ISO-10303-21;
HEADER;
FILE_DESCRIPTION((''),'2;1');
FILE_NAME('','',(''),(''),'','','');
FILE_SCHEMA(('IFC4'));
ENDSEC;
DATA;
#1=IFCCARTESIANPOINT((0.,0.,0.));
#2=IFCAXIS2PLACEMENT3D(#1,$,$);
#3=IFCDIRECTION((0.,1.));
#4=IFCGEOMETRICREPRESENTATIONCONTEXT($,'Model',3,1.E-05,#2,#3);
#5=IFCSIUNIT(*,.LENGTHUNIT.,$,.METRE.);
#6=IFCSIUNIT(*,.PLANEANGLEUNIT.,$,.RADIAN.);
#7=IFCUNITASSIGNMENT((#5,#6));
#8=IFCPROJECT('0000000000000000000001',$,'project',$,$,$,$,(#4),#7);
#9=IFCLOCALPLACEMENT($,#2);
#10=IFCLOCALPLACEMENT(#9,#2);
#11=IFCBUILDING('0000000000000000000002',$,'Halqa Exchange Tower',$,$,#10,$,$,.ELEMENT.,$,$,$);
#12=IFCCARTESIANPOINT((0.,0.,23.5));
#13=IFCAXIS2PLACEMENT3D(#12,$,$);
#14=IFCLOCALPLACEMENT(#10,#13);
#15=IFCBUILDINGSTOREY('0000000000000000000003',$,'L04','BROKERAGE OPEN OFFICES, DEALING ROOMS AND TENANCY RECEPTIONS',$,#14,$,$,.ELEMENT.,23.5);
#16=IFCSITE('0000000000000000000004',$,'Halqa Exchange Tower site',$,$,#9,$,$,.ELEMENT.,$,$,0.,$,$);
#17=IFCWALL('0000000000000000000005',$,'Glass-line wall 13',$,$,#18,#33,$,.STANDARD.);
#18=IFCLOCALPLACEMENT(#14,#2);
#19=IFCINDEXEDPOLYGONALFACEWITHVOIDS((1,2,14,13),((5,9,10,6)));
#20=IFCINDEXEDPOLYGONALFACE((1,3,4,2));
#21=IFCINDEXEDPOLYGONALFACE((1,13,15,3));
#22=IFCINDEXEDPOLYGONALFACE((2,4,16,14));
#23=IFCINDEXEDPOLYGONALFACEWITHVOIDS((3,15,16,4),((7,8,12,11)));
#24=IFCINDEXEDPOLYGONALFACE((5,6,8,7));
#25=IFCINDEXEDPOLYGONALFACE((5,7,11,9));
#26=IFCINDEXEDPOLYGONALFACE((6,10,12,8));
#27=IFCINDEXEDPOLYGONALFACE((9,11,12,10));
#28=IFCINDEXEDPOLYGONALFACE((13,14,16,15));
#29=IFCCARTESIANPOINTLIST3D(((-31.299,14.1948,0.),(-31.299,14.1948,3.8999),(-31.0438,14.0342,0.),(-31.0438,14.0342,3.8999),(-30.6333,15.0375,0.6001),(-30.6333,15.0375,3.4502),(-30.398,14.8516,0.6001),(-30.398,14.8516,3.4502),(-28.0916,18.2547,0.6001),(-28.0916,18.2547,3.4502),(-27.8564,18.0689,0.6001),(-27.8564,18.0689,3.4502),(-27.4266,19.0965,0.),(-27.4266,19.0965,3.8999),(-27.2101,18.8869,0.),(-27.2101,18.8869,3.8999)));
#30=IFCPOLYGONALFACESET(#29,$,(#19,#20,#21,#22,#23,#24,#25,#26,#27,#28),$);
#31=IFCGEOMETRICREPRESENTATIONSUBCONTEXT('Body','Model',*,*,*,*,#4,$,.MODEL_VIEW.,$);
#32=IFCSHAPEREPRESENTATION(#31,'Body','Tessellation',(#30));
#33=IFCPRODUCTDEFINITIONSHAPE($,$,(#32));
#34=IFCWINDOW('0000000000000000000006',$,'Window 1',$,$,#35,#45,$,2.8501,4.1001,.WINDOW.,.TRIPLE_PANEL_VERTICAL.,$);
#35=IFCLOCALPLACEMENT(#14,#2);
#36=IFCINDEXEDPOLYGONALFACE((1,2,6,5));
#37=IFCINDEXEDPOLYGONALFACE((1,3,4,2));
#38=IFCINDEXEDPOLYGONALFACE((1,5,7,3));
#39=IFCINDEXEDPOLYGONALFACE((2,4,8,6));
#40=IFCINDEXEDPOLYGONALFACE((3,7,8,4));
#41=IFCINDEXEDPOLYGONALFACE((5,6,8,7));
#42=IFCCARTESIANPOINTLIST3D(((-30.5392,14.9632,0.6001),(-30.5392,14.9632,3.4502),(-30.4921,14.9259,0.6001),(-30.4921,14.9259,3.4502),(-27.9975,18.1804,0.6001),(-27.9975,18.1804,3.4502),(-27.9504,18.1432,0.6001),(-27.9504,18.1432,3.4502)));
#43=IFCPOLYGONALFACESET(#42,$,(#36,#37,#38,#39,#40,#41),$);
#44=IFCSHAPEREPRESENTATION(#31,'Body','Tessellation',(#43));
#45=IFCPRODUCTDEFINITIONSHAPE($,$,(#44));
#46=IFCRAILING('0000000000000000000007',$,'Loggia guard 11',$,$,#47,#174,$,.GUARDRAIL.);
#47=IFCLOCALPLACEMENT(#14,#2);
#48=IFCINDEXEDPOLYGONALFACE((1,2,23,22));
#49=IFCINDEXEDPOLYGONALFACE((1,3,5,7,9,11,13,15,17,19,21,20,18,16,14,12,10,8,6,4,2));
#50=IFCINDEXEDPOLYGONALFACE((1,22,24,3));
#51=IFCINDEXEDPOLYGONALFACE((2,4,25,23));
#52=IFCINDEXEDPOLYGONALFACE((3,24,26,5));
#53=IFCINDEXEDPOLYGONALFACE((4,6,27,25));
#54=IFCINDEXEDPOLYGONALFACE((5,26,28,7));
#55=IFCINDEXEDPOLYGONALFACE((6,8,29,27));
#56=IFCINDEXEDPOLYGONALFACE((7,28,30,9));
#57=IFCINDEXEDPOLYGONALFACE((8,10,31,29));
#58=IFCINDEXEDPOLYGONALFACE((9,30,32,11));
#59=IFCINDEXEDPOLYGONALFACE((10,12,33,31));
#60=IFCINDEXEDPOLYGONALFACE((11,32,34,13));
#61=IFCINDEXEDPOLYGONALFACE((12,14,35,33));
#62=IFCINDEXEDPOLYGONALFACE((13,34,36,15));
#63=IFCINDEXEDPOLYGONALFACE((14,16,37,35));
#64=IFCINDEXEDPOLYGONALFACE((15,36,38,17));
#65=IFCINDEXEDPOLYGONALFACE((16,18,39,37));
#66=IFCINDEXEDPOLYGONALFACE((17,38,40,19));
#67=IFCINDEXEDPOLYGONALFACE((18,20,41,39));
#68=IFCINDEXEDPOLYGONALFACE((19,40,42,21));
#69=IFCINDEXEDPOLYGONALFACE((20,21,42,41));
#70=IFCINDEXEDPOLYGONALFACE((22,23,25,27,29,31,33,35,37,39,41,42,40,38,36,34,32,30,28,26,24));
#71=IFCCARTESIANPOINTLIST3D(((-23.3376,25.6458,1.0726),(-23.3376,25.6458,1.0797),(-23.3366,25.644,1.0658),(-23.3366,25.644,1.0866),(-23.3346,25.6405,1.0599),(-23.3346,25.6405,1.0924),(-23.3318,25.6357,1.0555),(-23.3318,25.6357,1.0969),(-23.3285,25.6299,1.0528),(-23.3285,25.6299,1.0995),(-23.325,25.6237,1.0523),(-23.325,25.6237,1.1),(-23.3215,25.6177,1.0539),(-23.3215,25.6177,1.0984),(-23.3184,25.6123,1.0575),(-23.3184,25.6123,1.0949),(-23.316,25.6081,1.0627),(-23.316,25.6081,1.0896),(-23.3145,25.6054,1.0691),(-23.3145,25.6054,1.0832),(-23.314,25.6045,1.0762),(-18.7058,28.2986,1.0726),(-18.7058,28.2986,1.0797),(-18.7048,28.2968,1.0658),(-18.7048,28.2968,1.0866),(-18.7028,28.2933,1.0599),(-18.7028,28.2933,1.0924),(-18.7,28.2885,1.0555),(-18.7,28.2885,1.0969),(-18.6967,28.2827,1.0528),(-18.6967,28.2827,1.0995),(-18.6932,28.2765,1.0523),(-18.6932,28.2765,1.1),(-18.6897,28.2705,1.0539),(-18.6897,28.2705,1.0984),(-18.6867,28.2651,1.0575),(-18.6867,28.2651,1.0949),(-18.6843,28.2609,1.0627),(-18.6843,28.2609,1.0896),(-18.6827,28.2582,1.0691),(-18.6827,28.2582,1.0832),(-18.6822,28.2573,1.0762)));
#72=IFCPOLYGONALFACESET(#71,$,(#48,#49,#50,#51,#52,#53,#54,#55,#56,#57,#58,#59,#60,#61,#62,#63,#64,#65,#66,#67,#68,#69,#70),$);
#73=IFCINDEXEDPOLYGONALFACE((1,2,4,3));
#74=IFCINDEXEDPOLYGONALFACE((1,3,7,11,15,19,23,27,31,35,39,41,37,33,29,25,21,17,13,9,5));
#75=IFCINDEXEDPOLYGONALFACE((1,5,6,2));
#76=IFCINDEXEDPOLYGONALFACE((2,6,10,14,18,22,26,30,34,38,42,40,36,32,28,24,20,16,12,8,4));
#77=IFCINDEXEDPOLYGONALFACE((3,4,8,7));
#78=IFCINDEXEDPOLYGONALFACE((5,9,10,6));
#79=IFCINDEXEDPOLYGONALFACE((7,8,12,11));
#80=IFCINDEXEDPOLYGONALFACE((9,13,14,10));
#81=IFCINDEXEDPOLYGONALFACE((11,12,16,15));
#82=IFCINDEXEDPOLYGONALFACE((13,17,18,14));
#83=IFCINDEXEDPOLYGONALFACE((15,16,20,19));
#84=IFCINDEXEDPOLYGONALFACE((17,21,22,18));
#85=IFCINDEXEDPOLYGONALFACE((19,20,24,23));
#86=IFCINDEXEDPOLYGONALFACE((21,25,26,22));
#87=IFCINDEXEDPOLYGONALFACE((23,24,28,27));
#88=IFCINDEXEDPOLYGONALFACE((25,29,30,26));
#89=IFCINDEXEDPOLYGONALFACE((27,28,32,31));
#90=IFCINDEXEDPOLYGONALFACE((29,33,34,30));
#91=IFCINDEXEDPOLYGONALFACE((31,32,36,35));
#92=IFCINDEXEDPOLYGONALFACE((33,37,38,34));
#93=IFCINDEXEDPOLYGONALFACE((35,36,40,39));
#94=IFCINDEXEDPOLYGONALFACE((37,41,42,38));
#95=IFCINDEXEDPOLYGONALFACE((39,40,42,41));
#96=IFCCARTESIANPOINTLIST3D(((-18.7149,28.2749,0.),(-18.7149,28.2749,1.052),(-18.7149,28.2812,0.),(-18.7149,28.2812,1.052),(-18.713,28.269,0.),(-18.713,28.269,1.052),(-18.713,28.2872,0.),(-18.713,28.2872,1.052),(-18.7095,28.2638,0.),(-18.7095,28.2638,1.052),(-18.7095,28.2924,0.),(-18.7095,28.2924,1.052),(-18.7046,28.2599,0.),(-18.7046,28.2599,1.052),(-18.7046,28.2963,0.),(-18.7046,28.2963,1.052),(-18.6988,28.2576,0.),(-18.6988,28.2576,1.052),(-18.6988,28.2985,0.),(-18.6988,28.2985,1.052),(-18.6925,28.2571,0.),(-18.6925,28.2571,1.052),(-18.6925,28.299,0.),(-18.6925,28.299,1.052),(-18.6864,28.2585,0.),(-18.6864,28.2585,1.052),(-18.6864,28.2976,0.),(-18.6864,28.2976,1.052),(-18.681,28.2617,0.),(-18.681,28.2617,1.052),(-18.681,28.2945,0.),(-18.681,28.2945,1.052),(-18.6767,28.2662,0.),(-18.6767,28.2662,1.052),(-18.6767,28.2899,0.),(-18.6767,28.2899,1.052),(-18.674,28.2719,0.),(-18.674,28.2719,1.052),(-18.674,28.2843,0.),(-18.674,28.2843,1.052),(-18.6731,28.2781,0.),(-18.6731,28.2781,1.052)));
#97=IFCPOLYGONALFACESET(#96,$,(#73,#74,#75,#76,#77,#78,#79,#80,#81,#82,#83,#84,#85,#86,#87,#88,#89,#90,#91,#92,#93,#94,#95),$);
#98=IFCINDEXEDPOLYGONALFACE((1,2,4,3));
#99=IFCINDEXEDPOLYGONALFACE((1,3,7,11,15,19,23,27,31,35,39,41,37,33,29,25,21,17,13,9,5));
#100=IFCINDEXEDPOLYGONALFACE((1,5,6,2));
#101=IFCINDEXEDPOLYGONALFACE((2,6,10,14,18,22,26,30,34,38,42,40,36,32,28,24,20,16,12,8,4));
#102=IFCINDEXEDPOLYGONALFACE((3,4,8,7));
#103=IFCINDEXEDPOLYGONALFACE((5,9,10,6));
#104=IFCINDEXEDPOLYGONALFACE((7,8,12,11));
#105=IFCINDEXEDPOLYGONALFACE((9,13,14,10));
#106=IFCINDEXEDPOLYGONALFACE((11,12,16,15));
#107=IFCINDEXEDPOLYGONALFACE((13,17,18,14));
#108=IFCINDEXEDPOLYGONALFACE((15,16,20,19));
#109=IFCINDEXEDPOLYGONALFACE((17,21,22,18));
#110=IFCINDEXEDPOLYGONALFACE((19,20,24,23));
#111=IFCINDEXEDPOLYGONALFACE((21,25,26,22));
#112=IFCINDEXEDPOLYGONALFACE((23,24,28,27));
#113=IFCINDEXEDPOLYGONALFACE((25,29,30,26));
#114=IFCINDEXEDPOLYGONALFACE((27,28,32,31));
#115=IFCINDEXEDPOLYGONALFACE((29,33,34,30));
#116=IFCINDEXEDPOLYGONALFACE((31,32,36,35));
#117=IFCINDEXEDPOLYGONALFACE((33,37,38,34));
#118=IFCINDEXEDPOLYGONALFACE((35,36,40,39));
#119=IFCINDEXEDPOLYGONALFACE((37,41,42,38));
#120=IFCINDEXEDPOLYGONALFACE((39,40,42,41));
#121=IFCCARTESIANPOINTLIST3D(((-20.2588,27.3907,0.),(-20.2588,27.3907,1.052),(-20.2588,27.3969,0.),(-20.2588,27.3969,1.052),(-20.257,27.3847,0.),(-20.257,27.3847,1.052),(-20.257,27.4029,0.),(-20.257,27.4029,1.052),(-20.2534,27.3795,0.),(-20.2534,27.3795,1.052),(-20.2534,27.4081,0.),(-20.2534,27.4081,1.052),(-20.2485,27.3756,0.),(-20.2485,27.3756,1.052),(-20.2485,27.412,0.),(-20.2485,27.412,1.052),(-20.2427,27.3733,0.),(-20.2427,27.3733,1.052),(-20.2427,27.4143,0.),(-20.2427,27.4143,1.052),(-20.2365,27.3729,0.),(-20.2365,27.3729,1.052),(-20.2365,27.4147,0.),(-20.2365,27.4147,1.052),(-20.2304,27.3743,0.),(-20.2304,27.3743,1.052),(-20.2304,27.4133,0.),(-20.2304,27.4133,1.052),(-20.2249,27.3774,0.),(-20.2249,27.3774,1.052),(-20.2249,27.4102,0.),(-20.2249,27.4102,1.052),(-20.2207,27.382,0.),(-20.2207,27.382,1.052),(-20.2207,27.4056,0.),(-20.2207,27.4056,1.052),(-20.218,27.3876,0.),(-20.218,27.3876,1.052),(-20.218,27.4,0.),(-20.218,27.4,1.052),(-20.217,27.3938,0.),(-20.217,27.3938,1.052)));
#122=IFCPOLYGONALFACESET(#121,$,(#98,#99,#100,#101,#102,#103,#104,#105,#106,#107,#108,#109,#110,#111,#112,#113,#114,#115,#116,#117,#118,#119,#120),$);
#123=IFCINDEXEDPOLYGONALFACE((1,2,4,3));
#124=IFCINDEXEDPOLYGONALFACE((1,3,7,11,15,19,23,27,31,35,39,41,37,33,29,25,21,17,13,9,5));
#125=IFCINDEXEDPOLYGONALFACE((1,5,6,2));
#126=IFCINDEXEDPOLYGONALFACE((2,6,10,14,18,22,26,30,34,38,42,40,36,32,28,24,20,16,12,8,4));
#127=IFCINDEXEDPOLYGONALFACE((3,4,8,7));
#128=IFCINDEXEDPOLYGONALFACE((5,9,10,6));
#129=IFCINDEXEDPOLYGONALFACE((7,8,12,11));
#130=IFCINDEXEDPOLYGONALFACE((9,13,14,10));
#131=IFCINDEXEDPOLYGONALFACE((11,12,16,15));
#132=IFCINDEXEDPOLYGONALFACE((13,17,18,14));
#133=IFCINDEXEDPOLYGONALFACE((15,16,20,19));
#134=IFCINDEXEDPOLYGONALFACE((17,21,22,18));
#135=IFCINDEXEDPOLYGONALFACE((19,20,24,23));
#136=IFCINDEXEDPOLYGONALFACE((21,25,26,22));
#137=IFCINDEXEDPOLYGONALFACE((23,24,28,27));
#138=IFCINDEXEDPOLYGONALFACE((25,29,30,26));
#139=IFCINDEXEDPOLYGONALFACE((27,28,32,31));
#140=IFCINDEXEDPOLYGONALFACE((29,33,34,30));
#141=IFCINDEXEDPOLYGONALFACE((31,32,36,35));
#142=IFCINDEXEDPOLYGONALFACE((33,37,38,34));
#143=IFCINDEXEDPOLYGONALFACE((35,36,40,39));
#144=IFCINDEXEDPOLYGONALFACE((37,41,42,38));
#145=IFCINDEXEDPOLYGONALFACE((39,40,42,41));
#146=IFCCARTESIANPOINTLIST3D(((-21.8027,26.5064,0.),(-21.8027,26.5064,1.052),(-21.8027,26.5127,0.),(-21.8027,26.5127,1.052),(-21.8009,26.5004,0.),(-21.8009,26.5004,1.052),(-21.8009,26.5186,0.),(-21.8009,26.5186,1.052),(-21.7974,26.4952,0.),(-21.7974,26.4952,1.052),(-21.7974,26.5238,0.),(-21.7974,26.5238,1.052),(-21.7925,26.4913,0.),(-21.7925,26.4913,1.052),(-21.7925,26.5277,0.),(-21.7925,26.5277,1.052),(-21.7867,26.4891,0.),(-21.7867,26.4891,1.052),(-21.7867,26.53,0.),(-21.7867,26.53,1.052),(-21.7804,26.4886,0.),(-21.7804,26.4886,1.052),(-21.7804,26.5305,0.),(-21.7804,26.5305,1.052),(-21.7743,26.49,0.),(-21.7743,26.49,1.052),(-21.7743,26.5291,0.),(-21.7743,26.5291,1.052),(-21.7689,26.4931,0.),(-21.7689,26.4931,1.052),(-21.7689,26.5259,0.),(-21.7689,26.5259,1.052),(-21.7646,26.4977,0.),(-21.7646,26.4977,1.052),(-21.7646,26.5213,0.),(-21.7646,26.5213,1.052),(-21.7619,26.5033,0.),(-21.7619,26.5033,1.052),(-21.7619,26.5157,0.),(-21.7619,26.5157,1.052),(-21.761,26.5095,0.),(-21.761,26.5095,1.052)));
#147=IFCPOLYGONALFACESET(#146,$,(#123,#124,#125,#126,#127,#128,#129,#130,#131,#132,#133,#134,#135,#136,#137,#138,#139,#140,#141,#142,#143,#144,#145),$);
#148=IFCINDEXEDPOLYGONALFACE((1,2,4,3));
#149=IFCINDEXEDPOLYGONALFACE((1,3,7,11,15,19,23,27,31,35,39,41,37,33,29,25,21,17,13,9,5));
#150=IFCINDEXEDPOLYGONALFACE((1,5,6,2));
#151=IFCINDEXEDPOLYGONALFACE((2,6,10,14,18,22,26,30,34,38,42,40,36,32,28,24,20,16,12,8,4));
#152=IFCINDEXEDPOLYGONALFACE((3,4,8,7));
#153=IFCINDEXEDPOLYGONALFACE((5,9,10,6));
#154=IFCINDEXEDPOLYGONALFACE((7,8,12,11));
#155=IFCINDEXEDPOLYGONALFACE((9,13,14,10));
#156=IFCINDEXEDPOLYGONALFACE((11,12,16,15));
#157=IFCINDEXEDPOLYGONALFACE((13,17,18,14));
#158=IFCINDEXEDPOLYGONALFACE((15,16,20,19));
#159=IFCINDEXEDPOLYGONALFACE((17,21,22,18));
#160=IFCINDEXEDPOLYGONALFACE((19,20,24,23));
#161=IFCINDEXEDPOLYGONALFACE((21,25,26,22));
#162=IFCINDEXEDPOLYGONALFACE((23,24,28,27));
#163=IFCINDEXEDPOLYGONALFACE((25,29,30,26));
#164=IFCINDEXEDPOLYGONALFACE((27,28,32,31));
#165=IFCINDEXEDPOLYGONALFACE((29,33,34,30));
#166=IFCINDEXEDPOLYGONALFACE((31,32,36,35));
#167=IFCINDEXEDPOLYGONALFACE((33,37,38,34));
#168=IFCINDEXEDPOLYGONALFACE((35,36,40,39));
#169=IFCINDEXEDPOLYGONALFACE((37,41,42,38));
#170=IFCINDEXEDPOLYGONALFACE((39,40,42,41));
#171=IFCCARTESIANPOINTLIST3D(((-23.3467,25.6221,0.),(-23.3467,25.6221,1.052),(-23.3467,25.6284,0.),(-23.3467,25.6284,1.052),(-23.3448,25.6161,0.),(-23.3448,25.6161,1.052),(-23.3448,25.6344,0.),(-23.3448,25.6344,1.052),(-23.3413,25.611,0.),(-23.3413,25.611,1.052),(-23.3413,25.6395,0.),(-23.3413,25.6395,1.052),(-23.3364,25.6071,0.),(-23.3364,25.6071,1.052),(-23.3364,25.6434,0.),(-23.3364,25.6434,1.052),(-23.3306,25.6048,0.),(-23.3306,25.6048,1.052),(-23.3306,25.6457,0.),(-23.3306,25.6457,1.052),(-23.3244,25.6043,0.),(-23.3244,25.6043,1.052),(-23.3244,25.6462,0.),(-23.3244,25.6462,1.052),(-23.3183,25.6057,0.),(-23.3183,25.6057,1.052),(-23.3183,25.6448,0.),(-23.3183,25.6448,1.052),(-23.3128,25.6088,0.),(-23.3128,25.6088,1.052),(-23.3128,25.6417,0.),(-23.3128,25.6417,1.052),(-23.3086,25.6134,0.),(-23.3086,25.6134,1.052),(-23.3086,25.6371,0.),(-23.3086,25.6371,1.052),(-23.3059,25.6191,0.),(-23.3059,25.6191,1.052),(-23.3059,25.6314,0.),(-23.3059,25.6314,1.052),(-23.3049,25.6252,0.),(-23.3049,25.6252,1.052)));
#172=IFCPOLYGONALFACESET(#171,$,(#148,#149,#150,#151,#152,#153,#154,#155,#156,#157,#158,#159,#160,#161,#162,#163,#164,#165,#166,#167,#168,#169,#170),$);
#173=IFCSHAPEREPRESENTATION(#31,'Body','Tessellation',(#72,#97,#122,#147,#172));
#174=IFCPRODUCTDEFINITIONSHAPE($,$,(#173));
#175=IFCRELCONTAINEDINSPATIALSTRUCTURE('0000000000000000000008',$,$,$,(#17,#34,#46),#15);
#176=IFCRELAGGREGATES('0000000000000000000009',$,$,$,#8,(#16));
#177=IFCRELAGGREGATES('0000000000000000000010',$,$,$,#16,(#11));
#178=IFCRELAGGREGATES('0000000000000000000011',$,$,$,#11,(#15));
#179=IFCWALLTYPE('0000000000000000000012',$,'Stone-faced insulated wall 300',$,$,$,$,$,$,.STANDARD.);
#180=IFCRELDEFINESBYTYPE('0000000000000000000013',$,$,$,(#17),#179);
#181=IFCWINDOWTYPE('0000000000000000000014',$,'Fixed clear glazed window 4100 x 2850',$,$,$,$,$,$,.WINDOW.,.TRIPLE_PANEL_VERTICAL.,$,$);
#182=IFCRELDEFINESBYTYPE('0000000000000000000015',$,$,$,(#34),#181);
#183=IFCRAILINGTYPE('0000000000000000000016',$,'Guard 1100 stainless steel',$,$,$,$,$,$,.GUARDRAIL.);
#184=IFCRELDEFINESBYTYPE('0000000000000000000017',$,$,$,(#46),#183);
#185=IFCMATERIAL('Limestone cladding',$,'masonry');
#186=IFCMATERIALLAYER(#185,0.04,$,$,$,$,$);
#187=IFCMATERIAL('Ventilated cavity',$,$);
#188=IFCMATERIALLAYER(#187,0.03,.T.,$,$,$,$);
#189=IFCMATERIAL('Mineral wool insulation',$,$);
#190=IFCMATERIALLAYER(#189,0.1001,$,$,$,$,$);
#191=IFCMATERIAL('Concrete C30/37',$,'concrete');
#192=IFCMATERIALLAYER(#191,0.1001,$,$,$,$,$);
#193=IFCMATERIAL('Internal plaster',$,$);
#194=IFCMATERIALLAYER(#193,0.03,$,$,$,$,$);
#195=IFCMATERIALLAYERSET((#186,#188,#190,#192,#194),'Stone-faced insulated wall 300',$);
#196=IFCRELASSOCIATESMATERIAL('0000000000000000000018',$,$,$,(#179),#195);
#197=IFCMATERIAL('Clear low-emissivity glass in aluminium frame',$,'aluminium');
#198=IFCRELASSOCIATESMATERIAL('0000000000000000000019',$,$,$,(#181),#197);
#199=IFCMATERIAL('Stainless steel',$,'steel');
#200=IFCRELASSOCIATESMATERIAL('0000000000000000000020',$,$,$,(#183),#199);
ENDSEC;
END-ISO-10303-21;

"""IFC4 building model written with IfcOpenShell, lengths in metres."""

from ifc_helpers import new_model, si_unit, direction, frame, frame_2d, origin, origin_2d, place, context, subcontext, project, spatial, polyline, rectangle, circle, outline, extrude, material, layer, layer_set, type_object, element, fill, save


model = new_model("IFC4")

# Units and contexts
model_context = context("Model", 3, precision=1e-05, world=origin(), true_north=direction((0.0, 1.0)))
body_context = subcontext(model_context, "Body", "Model", "MODEL_VIEW")
ifc_project = project(units=[si_unit("LENGTHUNIT", "METRE"), si_unit("PLANEANGLEUNIT", "RADIAN")], contexts=[model_context])

# Site, building, storey
site_placement = place(None, origin())
site = spatial("IfcSite", under=ifc_project, at=site_placement, Name="Halqa Exchange Tower site", CompositionType="ELEMENT", RefElevation=0.0)
building_placement = place(site_placement, origin())
building = spatial("IfcBuilding", under=site, at=building_placement, Name="Halqa Exchange Tower", CompositionType="ELEMENT")
storey_placement = place(building_placement, frame((0.0, 0.0, 23.5)))
storey = spatial("IfcBuildingStorey", under=building, at=storey_placement, Name="L04", Description="BROKERAGE OPEN OFFICES, DEALING ROOMS AND TENANCY RECEPTIONS", CompositionType="ELEMENT", Elevation=23.5)

# Shared definitions
ifc_material_1 = material(Name="Limestone cladding", Category="masonry")
ifc_layer_1 = layer(ifc_material_1, 0.04)
ifc_material_2 = material(Name="Ventilated cavity")
ifc_layer_2 = layer(ifc_material_2, 0.03, ventilated=True)
ifc_material_3 = material(Name="Mineral wool insulation")
ifc_layer_3 = layer(ifc_material_3, 0.1001)
ifc_material_4 = material(Name="Concrete C30/37", Category="concrete")
ifc_layer_4 = layer(ifc_material_4, 0.1001)
ifc_material_5 = material(Name="Internal plaster")
ifc_layer_5 = layer(ifc_material_5, 0.03)
ifc_layer_set_1 = layer_set([ifc_layer_1, ifc_layer_2, ifc_layer_3, ifc_layer_4, ifc_layer_5], Name="Stone-faced insulated wall 300")
wall_type_1 = type_object("IfcWallType", Name="Stone-faced insulated wall 300", PredefinedType="STANDARD", material=ifc_layer_set_1)
ifc_material_6 = material(Name="Clear low-emissivity glass in aluminium frame", Category="aluminium")

# Wall, opening, window
wall_1_placement = place(storey_placement, frame((-27.3184, 18.9917, 0.0), z_axis=(0.0, 0.0, 1.0), x_axis=(-0.619903, -0.784679, 0.0)))
wall_1 = element("IfcWall", 1, at=wall_1_placement, inside=storey, type_object=wall_type_1, Name="Glass-line wall 13", PredefinedType="STANDARD", context=body_context, shape_type="SweptSolid", body=[
    extrude(outline(polyline([(-0.0151, -0.1499), (6.2317, -0.1499), (6.1995, 0.1499), (0.0151, 0.1499), (-0.0151, -0.1499)])), origin(), (0.0, 0.0, 1.0), 3.8999),
])
opening_1_placement = place(wall_1_placement, frame((1.0576, 0.0, 0.6001)))
opening_1 = element("IfcOpeningElement", 2, at=opening_1_placement, cuts=wall_1, PredefinedType="OPENING", context=body_context, shape_type="SweptSolid", body=[
    extrude(rectangle(XDim=4.1001, YDim=2.8501, at=frame_2d((2.05, 1.425))), frame((0.0, 0.1621, 0.0), z_axis=(0.0, -1.0, 0.0), x_axis=(1.0, 0.0, 0.0)), (0.0, 0.0, 1.0), 0.324),
])
window_type = type_object("IfcWindowType", Name="Fixed clear glazed window 4100 x 2850", PartitioningType="TRIPLE_PANEL_VERTICAL", PredefinedType="WINDOW", material=ifc_material_6)
window_placement = place(opening_1_placement, origin())
window = element("IfcWindow", 3, at=window_placement, inside=storey, type_object=window_type, Name="Window 1", OverallHeight=2.8501, OverallWidth=4.1001, PartitioningType="TRIPLE_PANEL_VERTICAL", PredefinedType="WINDOW", context=body_context, shape_type="SweptSolid", body=[
    extrude(rectangle(XDim=4.1001, YDim=2.8501, at=frame_2d((2.05, 1.425))), frame((0.0, 0.03, 0.0), z_axis=(0.0, -1.0, 0.0), x_axis=(1.0, 0.0, 0.0)), (0.0, 0.0, 1.0), 0.0601),
])
fill(opening_1, window)

# Railing
ifc_material_7 = material(Name="Stainless steel", Category="steel")
railing_type = type_object("IfcRailingType", Name="Guard 1100 stainless steel", PredefinedType="GUARDRAIL", material=ifc_material_7)
railing_1_placement = place(storey_placement, frame((-18.6941, 28.2781, 0.0)))
element("IfcRailing", 4, at=railing_1_placement, inside=storey, type_object=railing_type, Name="Loggia guard 11", PredefinedType="GUARDRAIL", context=body_context, shape_type="SweptSolid", body=[
    extrude(circle(Radius=0.0239, at=origin_2d()), frame((0.0, 0.0, 1.0762), z_axis=(-0.867753, -0.496996, 0.0), x_axis=(0.496996, -0.867753, 0.0)), (0.0, 0.0, 1.0), 5.3376),
    extrude(circle(Radius=0.021, at=origin_2d()), origin(), (0.0, 0.0, 1.0), 1.052),
    extrude(circle(Radius=0.021, at=origin_2d()), frame((-1.5439, -0.8843, 0.0)), (0.0, 0.0, 1.0), 1.052),
    extrude(circle(Radius=0.021, at=origin_2d()), frame((-3.0879, -1.7686, 0.0)), (0.0, 0.0, 1.0), 1.052),
    extrude(circle(Radius=0.021, at=origin_2d()), frame((-4.6318, -2.6528, 0.0)), (0.0, 0.0, 1.0), 1.052),
])

save(model, "model.ifc")
